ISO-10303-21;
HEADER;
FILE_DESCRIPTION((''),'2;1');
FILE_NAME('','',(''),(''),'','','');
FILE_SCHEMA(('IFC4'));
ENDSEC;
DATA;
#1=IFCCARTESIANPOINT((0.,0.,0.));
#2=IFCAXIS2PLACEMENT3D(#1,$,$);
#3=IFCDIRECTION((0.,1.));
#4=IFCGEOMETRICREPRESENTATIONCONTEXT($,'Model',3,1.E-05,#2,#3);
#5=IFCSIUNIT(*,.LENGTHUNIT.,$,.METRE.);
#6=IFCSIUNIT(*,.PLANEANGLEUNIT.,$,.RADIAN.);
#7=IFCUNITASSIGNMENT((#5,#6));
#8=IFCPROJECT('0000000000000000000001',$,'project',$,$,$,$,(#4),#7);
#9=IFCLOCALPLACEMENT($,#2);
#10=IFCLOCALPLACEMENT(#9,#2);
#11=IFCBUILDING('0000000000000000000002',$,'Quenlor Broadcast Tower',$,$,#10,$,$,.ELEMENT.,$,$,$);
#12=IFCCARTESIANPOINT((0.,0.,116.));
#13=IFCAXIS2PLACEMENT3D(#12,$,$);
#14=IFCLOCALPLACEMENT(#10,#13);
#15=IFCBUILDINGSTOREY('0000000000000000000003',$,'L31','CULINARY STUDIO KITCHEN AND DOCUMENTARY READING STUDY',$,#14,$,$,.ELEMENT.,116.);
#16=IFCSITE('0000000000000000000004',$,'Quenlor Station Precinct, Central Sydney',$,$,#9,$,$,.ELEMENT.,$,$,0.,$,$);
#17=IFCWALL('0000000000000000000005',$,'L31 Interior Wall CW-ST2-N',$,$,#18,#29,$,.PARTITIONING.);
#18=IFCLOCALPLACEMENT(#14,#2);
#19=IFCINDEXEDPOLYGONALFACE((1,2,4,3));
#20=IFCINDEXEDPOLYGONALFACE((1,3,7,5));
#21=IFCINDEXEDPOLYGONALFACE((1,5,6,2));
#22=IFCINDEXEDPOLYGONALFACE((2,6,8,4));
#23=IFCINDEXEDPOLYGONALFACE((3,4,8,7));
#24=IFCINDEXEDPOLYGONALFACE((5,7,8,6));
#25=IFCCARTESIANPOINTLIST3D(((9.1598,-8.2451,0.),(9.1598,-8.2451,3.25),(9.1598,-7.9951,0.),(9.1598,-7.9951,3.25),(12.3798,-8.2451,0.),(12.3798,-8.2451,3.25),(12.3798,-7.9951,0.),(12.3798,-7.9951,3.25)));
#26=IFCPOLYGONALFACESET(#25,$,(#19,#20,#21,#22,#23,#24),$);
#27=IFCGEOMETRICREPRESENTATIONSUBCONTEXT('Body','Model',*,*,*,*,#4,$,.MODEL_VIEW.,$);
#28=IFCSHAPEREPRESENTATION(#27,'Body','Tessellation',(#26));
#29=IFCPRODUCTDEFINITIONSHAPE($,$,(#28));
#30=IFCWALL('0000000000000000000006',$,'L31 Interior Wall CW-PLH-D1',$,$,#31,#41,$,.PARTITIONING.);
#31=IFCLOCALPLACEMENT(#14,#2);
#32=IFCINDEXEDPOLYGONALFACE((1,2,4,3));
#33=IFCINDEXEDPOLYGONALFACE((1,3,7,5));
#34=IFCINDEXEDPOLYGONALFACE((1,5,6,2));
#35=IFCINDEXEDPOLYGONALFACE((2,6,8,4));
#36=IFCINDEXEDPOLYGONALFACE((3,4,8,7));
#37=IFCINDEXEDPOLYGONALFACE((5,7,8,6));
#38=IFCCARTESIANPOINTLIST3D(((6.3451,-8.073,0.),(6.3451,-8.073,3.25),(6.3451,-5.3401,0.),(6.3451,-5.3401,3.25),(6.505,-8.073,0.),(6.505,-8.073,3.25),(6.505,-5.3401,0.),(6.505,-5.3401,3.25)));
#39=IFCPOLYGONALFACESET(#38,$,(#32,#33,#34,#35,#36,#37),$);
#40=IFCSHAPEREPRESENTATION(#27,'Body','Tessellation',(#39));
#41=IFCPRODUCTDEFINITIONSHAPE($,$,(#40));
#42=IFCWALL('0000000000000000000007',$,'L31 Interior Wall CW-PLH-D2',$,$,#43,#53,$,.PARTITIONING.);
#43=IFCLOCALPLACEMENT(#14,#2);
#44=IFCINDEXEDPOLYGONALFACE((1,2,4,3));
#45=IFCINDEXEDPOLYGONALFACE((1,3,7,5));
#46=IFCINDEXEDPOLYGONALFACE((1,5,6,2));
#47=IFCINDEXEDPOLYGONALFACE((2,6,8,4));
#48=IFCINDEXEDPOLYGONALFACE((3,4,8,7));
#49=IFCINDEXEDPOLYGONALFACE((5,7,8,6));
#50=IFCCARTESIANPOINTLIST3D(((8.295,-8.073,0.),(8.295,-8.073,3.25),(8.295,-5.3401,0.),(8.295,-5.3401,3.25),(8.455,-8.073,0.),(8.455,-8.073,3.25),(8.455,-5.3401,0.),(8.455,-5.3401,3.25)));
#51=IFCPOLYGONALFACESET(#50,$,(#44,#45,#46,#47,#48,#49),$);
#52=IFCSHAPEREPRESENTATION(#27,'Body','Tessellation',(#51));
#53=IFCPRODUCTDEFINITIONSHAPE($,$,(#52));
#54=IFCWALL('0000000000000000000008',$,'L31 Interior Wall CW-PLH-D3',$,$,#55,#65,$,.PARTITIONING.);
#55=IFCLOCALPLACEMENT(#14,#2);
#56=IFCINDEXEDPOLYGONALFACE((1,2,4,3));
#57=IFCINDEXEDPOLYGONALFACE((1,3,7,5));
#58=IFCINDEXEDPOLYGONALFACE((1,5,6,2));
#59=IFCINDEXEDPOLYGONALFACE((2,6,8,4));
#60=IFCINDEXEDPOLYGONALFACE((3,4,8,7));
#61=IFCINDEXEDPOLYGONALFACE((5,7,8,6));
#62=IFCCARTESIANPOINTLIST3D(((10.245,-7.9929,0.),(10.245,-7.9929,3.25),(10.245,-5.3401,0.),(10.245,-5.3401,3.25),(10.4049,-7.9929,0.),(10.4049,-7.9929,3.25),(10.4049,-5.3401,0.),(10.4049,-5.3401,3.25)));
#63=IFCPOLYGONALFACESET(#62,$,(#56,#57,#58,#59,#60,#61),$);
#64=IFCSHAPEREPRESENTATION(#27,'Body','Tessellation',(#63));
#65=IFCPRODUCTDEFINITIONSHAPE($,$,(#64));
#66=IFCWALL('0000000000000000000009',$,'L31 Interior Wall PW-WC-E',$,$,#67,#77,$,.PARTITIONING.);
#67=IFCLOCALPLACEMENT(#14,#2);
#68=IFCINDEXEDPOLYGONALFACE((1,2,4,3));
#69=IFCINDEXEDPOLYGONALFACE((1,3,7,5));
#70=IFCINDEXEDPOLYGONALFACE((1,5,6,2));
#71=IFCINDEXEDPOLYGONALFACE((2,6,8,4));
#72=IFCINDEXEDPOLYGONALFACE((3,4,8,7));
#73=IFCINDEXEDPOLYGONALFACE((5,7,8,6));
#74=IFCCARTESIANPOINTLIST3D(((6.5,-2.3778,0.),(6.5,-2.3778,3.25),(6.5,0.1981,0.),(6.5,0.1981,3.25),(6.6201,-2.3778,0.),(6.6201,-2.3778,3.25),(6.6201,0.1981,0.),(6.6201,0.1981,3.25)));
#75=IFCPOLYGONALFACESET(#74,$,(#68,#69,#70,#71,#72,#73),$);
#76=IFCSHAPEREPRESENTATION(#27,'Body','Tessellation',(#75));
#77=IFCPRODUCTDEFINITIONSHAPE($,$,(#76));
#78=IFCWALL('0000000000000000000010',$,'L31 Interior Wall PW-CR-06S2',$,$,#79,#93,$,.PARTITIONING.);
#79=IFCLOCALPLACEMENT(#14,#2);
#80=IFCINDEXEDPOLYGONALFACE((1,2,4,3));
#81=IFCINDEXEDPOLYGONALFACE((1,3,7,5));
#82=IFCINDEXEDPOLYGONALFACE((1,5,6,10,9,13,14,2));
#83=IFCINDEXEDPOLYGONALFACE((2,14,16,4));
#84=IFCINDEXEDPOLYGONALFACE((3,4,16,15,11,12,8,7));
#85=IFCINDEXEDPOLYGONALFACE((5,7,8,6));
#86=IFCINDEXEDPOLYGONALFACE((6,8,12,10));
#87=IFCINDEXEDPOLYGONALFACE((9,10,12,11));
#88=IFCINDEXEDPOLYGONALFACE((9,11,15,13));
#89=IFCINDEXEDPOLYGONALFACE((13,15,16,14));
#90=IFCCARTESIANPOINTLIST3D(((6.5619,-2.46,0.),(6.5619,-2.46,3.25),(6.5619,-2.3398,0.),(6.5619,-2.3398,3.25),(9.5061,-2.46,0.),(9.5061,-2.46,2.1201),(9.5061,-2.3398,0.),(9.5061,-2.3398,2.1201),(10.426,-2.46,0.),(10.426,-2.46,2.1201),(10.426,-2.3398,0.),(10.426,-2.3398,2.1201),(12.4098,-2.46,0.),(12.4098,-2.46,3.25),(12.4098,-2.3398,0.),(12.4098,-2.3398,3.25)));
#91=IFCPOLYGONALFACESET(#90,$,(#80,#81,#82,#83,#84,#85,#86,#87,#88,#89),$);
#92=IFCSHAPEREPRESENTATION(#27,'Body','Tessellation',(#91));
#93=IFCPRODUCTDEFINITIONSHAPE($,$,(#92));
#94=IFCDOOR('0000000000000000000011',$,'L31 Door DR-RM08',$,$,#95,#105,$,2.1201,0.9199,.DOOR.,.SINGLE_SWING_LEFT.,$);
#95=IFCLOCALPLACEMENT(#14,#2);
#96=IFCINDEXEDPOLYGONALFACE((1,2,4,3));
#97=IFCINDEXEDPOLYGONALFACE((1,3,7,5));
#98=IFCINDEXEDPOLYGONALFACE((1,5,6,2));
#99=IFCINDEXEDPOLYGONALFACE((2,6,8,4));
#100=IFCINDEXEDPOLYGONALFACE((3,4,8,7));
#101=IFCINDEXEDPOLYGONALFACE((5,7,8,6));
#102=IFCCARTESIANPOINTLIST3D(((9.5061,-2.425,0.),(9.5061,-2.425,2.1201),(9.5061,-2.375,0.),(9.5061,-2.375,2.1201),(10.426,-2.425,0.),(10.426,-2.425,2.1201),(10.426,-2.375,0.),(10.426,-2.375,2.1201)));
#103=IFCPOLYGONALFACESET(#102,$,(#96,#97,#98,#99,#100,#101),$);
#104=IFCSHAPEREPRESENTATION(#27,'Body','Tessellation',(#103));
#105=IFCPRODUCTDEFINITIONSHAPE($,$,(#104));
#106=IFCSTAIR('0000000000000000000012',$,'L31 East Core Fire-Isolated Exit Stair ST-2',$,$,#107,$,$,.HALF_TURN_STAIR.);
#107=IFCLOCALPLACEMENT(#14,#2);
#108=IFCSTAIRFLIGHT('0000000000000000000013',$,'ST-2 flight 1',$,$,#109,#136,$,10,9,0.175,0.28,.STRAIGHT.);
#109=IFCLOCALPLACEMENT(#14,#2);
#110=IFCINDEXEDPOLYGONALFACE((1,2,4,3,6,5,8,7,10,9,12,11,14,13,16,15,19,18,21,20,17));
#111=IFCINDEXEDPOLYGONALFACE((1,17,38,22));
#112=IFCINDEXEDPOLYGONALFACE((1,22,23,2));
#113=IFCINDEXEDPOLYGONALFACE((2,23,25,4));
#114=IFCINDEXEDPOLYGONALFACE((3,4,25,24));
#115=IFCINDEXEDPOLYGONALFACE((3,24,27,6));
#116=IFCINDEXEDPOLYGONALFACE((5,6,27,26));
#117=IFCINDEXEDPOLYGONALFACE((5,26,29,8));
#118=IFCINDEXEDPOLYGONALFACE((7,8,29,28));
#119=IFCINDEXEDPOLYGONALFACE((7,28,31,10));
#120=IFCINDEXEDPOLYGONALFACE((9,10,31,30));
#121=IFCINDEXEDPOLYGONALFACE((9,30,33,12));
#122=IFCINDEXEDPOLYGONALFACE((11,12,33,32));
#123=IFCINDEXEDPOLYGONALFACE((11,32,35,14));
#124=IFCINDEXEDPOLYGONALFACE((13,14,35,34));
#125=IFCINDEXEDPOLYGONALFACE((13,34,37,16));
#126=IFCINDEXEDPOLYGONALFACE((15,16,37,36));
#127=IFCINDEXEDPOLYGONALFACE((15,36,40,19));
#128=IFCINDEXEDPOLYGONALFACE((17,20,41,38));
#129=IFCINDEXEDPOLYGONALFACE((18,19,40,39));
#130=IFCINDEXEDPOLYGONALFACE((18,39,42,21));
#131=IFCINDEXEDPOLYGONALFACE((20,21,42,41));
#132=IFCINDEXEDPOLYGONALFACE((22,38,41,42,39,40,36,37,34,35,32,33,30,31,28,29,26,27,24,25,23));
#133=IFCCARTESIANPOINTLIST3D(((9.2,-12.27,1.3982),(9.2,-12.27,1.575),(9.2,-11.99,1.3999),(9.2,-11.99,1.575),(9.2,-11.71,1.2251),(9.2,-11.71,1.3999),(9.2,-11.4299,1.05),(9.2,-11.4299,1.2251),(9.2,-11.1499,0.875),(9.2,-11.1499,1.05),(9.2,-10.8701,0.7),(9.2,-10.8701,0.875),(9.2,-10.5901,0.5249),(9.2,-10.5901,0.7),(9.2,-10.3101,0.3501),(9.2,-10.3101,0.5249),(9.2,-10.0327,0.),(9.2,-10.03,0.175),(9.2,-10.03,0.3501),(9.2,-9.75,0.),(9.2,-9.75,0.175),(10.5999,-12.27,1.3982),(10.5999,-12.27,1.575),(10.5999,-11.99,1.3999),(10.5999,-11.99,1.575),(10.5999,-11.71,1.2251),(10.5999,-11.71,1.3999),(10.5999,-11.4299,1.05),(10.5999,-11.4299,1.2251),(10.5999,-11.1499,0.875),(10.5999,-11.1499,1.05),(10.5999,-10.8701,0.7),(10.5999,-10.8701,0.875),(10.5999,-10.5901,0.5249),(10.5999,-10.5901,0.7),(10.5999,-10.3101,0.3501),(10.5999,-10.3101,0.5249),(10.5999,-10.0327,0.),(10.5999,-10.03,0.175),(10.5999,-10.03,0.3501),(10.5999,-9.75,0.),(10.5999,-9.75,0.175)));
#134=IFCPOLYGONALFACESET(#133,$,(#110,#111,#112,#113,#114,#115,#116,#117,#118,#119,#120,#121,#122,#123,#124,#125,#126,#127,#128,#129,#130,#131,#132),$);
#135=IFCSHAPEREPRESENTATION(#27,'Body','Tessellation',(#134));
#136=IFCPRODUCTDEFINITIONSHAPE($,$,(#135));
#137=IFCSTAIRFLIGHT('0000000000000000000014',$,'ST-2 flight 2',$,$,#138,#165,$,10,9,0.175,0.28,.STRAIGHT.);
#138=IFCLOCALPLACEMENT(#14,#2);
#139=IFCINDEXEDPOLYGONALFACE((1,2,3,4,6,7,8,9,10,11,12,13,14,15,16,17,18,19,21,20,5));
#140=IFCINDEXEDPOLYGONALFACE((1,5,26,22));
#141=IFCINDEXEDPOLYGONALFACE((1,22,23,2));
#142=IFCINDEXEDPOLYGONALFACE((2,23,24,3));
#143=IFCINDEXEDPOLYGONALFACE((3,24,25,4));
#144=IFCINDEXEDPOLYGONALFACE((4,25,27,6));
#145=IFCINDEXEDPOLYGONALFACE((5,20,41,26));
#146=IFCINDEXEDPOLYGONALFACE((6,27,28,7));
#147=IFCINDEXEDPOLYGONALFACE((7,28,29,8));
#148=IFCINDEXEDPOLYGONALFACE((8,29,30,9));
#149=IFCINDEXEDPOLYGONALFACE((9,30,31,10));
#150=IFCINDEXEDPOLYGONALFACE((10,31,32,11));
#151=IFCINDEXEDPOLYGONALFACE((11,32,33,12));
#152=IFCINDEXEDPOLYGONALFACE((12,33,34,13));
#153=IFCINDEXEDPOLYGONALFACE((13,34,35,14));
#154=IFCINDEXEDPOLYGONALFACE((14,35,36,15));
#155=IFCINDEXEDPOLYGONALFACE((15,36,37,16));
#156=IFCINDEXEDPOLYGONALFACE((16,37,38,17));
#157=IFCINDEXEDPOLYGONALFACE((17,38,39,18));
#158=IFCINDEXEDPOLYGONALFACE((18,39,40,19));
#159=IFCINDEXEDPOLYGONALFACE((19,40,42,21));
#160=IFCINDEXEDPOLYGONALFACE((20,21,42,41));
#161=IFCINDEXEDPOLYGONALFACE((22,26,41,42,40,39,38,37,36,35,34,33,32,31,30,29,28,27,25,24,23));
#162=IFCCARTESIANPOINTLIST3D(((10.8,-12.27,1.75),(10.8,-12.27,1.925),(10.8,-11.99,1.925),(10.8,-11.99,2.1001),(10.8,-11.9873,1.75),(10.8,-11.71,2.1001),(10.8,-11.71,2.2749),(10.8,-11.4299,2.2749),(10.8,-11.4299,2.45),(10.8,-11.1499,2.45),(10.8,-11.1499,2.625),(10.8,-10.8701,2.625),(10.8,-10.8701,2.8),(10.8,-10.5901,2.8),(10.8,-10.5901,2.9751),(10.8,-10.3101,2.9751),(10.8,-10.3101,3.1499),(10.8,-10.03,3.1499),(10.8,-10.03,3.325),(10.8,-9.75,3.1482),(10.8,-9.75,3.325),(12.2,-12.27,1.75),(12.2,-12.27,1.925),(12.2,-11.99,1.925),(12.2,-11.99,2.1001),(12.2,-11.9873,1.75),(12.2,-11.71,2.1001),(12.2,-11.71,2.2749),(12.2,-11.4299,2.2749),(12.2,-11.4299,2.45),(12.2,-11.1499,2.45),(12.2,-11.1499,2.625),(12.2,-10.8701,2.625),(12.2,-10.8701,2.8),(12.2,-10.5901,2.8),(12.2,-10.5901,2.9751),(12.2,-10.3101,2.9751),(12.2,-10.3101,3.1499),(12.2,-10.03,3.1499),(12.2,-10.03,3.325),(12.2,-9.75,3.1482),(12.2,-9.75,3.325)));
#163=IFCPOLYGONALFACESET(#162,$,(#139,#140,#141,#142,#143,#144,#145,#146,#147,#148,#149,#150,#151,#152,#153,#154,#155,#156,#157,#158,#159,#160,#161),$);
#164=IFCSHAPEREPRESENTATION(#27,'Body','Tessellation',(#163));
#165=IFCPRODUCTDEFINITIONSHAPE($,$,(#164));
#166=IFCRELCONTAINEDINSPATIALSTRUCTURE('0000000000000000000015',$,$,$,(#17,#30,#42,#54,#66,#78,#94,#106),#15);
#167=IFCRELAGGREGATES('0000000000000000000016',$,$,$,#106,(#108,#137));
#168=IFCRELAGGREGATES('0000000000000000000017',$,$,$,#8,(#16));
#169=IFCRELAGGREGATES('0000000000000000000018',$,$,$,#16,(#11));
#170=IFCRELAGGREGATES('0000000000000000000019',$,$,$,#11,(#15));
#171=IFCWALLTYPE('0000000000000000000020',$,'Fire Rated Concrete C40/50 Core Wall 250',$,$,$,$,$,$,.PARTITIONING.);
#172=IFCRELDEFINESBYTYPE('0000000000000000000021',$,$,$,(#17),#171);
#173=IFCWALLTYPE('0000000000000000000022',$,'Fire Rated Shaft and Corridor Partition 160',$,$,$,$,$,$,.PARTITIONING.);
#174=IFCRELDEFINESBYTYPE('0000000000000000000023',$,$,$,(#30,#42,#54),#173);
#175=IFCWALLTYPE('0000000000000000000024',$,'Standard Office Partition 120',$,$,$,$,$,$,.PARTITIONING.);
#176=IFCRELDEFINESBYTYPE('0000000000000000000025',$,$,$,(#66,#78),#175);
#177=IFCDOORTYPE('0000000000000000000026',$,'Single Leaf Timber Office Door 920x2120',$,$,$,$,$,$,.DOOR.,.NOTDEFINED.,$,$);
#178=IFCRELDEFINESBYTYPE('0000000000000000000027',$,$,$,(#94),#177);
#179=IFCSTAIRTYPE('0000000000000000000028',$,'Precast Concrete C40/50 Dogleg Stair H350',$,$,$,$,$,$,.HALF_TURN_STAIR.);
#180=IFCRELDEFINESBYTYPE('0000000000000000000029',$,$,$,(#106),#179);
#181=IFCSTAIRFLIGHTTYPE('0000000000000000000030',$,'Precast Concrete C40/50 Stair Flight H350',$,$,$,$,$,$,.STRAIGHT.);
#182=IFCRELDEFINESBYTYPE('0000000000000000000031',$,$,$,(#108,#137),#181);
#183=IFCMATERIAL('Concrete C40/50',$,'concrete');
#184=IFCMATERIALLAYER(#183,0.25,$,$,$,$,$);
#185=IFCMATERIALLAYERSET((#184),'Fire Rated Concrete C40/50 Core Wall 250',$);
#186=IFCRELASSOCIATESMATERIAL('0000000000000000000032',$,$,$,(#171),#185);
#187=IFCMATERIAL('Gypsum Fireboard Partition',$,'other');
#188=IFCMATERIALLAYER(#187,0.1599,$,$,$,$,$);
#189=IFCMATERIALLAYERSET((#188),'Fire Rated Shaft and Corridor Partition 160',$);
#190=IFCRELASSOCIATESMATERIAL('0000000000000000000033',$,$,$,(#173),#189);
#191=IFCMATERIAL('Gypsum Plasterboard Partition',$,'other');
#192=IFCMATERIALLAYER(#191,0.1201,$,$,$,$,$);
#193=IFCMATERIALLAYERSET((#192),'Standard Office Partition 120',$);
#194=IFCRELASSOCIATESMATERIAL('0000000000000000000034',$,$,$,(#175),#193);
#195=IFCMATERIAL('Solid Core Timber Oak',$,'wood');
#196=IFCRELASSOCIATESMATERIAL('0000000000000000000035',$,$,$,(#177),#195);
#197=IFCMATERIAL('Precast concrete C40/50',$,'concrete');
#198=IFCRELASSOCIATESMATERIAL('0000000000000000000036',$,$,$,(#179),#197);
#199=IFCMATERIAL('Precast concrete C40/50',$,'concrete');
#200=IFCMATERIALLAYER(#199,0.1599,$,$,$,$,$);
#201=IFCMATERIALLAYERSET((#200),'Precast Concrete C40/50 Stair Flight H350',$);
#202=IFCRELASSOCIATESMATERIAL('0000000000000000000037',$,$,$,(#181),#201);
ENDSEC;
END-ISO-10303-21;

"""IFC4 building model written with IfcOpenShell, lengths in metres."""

from ifc_helpers import new_model, si_unit, direction, frame, frame_2d, origin, place, context, subcontext, project, spatial, polyline, rectangle, outline, extrude, material, layer, layer_set, type_object, element, fill, aggregate, save


model = new_model("IFC4")

# Units and contexts
model_context = context("Model", 3, precision=1e-05, world=origin(), true_north=direction((0.0, 1.0)))
body_context = subcontext(model_context, "Body", "Model", "MODEL_VIEW")
ifc_project = project(units=[si_unit("LENGTHUNIT", "METRE"), si_unit("PLANEANGLEUNIT", "RADIAN")], contexts=[model_context])

# Site, building, storey
site_placement = place(None, origin())
site = spatial("IfcSite", under=ifc_project, at=site_placement, Name="Quenlor Station Precinct, Central Sydney", CompositionType="ELEMENT", RefElevation=0.0)
building_placement = place(site_placement, origin())
building = spatial("IfcBuilding", under=site, at=building_placement, Name="Quenlor Broadcast Tower", CompositionType="ELEMENT")
storey_placement = place(building_placement, frame((0.0, 0.0, 116.0)))
storey = spatial("IfcBuildingStorey", under=building, at=storey_placement, Name="L31", Description="CULINARY STUDIO KITCHEN AND DOCUMENTARY READING STUDY", CompositionType="ELEMENT", Elevation=116.0)

# Shared definitions
ifc_material_1 = material(Name="Concrete C40/50", Category="concrete")
ifc_layer_1 = layer(ifc_material_1, 0.25)
ifc_layer_set_1 = layer_set([ifc_layer_1], Name="Fire Rated Concrete C40/50 Core Wall 250")
wall_type_1 = type_object("IfcWallType", Name="Fire Rated Concrete C40/50 Core Wall 250", PredefinedType="PARTITIONING", material=ifc_layer_set_1)

# Walls
wall_1_placement = place(storey_placement, frame((9.1599, -8.1201, 0.0), z_axis=(0.0, 0.0, 1.0), x_axis=(1.0, 0.0, 0.0)))
element("IfcWall", 1, at=wall_1_placement, inside=storey, type_object=wall_type_1, Name="L31 Interior Wall CW-ST2-N", PredefinedType="PARTITIONING", context=body_context, shape_type="SweptSolid", body=[
    extrude(rectangle(XDim=3.22, YDim=0.25, at=frame_2d((1.6099, 0.0))), origin(), (0.0, 0.0, 1.0), 3.25),
])
ifc_material_2 = material(Name="Gypsum Fireboard Partition", Category="other")
ifc_layer_2 = layer(ifc_material_2, 0.1599)
ifc_layer_set_2 = layer_set([ifc_layer_2], Name="Fire Rated Shaft and Corridor Partition 160")
wall_type_2 = type_object("IfcWallType", Name="Fire Rated Shaft and Corridor Partition 160", PredefinedType="PARTITIONING", material=ifc_layer_set_2)
for number, where, z_axis, x_axis, name in (
    (2, (6.425, -8.073, 0.0), (0.0, 0.0, 1.0), (0.0, 1.0, 0.0), "L31 Interior Wall CW-PLH-D1"),
    (3, (8.375, -8.073, 0.0), (0.0, 0.0, 1.0), (0.0, 1.0, 0.0), "L31 Interior Wall CW-PLH-D2"),
):
    element("IfcWall", number, at=place(storey_placement, frame(where, z_axis=z_axis, x_axis=x_axis)), inside=storey, type_object=wall_type_2, Name=name, PredefinedType="PARTITIONING", context=body_context, shape_type="SweptSolid", body=[
        extrude(rectangle(XDim=2.7329, YDim=0.1599, at=frame_2d((1.3665, 0.0))), origin(), (0.0, 0.0, 1.0), 3.25),
    ])
wall_2_placement = place(storey_placement, frame((10.325, -7.9929, 0.0), z_axis=(0.0, 0.0, 1.0), x_axis=(0.0, 1.0, 0.0)))
element("IfcWall", 4, at=wall_2_placement, inside=storey, type_object=wall_type_2, Name="L31 Interior Wall CW-PLH-D3", PredefinedType="PARTITIONING", context=body_context, shape_type="SweptSolid", body=[
    extrude(rectangle(XDim=2.6528, YDim=0.1599, at=frame_2d((1.3264, 0.0))), origin(), (0.0, 0.0, 1.0), 3.25),
])
ifc_material_3 = material(Name="Gypsum Plasterboard Partition", Category="other")
ifc_layer_3 = layer(ifc_material_3, 0.1201)
ifc_layer_set_3 = layer_set([ifc_layer_3], Name="Standard Office Partition 120")
wall_type_3 = type_object("IfcWallType", Name="Standard Office Partition 120", PredefinedType="PARTITIONING", material=ifc_layer_set_3)
wall_3_placement = place(storey_placement, frame((6.5601, -2.3779, 0.0), z_axis=(0.0, 0.0, 1.0), x_axis=(0.0, 1.0, 0.0)))
element("IfcWall", 5, at=wall_3_placement, inside=storey, type_object=wall_type_3, Name="L31 Interior Wall PW-WC-E", PredefinedType="PARTITIONING", context=body_context, shape_type="SweptSolid", body=[
    extrude(rectangle(XDim=2.5759, YDim=0.1201, at=frame_2d((1.2881, 0.0))), origin(), (0.0, 0.0, 1.0), 3.25),
])

# Wall, opening, door
wall_4_placement = place(storey_placement, frame((6.562, -2.3999, 0.0), z_axis=(0.0, 0.0, 1.0), x_axis=(1.0, 0.0, 0.0)))
wall_4 = element("IfcWall", 6, at=wall_4_placement, inside=storey, type_object=wall_type_3, Name="L31 Interior Wall PW-CR-06S2", PredefinedType="PARTITIONING", context=body_context, shape_type="SweptSolid", body=[
    extrude(rectangle(XDim=5.8479, YDim=0.1201, at=frame_2d((2.9238, 0.0))), origin(), (0.0, 0.0, 1.0), 3.25),
])
opening_1_placement = place(wall_4_placement, frame((2.9441, 0.0, 0.0)))
opening_1 = element("IfcOpeningElement", 7, at=opening_1_placement, cuts=wall_4, PredefinedType="OPENING", context=body_context, shape_type="SweptSolid", body=[
    extrude(rectangle(XDim=0.9199, YDim=2.1201, at=frame_2d((0.46, 1.0601))), frame((0.0, 0.0701, 0.0), z_axis=(0.0, -1.0, 0.0), x_axis=(1.0, 0.0, 0.0)), (0.0, 0.0, 1.0), 0.1401),
])
ifc_material_4 = material(Name="Solid Core Timber Oak", Category="wood")
door_type_1 = type_object("IfcDoorType", Name="Single Leaf Timber Office Door 920x2120", OperationType="NOTDEFINED", PredefinedType="DOOR", material=ifc_material_4)
door_1_placement = place(opening_1_placement, origin())
door_1 = element("IfcDoor", 8, at=door_1_placement, inside=storey, type_object=door_type_1, Name="L31 Door DR-RM08", OperationType="SINGLE_SWING_LEFT", OverallHeight=2.1201, OverallWidth=0.9199, PredefinedType="DOOR", context=body_context, shape_type="SweptSolid", body=[
    extrude(rectangle(XDim=0.9199, YDim=2.1201, at=frame_2d((0.46, 1.0601))), frame((0.0, 0.0249, 0.0), z_axis=(0.0, -1.0, 0.0), x_axis=(1.0, 0.0, 0.0)), (0.0, 0.0, 1.0), 0.05),
])
fill(opening_1, door_1)

# Stair, stair flights
ifc_material_5 = material(Name="Precast concrete C40/50", Category="concrete")
stair_type = type_object("IfcStairType", Name="Precast Concrete C40/50 Dogleg Stair H350", PredefinedType="HALF_TURN_STAIR", material=ifc_material_5)
stair_placement = place(storey_placement, origin())
stair = element("IfcStair", 9, at=stair_placement, inside=storey, type_object=stair_type, Name="L31 East Core Fire-Isolated Exit Stair ST-2", PredefinedType="HALF_TURN_STAIR")
ifc_material_6 = material(Name="Precast concrete C40/50", Category="concrete")
ifc_layer_4 = layer(ifc_material_6, 0.1599)
ifc_layer_set_4 = layer_set([ifc_layer_4], Name="Precast Concrete C40/50 Stair Flight H350")
stair_flight_type = type_object("IfcStairFlightType", Name="Precast Concrete C40/50 Stair Flight H350", PredefinedType="STRAIGHT", material=ifc_layer_set_4)
stair_flight_1_placement = place(storey_placement, frame((9.8999, -9.75, 0.0), z_axis=(0.0, 0.0, 1.0), x_axis=(0.0, -1.0, 0.0)))
stair_flight_1 = element("IfcStairFlight", 10, at=stair_flight_1_placement, type_object=stair_flight_type, Name="ST-2 flight 1", NumberOfRisers=10, NumberOfTreads=9, PredefinedType="STRAIGHT", RiserHeight=0.175, TreadLength=0.28, context=body_context, shape_type="SweptSolid", body=[
    extrude(outline(polyline([(0.0, 0.0), (0.0, 0.175), (0.28, 0.175), (0.28, 0.3501), (0.5601, 0.3501), (0.5601, 0.5249), (0.8401, 0.5249), (0.8401, 0.7), (1.1201, 0.7), (1.1201, 0.875), (1.3999, 0.875), (1.3999, 1.05), (1.6799, 1.05), (1.6799, 1.2251), (1.96, 1.2251), (1.96, 1.3999), (2.24, 1.3999), (2.24, 1.575), (2.52, 1.575), (2.52, 1.75), (2.52, 1.3982), (0.2827, 0.0), (0.0, 0.0)])), frame((0.0, 0.7, 0.0), z_axis=(0.0, -1.0, 0.0), x_axis=(1.0, 0.0, 0.0)), (0.0, 0.0, 1.0), 1.3999),
])
stair_flight_2_placement = place(storey_placement, frame((11.5, -12.27, 1.75), z_axis=(0.0, 0.0, 1.0), x_axis=(0.0, 1.0, 0.0)))
stair_flight_2 = element("IfcStairFlight", 11, at=stair_flight_2_placement, type_object=stair_flight_type, Name="ST-2 flight 2", NumberOfRisers=10, NumberOfTreads=9, PredefinedType="STRAIGHT", RiserHeight=0.175, TreadLength=0.28, context=body_context, shape_type="SweptSolid", body=[
    extrude(outline(polyline([(0.0, 0.0), (0.0, 0.175), (0.28, 0.175), (0.28, 0.3501), (0.5601, 0.3501), (0.5601, 0.5249), (0.8401, 0.5249), (0.8401, 0.7), (1.1201, 0.7), (1.1201, 0.875), (1.3999, 0.875), (1.3999, 1.05), (1.6799, 1.05), (1.6799, 1.2251), (1.96, 1.2251), (1.96, 1.3999), (2.24, 1.3999), (2.24, 1.575), (2.52, 1.575), (2.52, 1.75), (2.52, 1.3982), (0.2827, 0.0), (0.0, 0.0)])), frame((0.0, 0.7, 0.0), z_axis=(0.0, -1.0, 0.0), x_axis=(1.0, 0.0, 0.0)), (0.0, 0.0, 1.0), 1.3999),
])
aggregate(stair, [stair_flight_1, stair_flight_2])

save(model, "model.ifc")
